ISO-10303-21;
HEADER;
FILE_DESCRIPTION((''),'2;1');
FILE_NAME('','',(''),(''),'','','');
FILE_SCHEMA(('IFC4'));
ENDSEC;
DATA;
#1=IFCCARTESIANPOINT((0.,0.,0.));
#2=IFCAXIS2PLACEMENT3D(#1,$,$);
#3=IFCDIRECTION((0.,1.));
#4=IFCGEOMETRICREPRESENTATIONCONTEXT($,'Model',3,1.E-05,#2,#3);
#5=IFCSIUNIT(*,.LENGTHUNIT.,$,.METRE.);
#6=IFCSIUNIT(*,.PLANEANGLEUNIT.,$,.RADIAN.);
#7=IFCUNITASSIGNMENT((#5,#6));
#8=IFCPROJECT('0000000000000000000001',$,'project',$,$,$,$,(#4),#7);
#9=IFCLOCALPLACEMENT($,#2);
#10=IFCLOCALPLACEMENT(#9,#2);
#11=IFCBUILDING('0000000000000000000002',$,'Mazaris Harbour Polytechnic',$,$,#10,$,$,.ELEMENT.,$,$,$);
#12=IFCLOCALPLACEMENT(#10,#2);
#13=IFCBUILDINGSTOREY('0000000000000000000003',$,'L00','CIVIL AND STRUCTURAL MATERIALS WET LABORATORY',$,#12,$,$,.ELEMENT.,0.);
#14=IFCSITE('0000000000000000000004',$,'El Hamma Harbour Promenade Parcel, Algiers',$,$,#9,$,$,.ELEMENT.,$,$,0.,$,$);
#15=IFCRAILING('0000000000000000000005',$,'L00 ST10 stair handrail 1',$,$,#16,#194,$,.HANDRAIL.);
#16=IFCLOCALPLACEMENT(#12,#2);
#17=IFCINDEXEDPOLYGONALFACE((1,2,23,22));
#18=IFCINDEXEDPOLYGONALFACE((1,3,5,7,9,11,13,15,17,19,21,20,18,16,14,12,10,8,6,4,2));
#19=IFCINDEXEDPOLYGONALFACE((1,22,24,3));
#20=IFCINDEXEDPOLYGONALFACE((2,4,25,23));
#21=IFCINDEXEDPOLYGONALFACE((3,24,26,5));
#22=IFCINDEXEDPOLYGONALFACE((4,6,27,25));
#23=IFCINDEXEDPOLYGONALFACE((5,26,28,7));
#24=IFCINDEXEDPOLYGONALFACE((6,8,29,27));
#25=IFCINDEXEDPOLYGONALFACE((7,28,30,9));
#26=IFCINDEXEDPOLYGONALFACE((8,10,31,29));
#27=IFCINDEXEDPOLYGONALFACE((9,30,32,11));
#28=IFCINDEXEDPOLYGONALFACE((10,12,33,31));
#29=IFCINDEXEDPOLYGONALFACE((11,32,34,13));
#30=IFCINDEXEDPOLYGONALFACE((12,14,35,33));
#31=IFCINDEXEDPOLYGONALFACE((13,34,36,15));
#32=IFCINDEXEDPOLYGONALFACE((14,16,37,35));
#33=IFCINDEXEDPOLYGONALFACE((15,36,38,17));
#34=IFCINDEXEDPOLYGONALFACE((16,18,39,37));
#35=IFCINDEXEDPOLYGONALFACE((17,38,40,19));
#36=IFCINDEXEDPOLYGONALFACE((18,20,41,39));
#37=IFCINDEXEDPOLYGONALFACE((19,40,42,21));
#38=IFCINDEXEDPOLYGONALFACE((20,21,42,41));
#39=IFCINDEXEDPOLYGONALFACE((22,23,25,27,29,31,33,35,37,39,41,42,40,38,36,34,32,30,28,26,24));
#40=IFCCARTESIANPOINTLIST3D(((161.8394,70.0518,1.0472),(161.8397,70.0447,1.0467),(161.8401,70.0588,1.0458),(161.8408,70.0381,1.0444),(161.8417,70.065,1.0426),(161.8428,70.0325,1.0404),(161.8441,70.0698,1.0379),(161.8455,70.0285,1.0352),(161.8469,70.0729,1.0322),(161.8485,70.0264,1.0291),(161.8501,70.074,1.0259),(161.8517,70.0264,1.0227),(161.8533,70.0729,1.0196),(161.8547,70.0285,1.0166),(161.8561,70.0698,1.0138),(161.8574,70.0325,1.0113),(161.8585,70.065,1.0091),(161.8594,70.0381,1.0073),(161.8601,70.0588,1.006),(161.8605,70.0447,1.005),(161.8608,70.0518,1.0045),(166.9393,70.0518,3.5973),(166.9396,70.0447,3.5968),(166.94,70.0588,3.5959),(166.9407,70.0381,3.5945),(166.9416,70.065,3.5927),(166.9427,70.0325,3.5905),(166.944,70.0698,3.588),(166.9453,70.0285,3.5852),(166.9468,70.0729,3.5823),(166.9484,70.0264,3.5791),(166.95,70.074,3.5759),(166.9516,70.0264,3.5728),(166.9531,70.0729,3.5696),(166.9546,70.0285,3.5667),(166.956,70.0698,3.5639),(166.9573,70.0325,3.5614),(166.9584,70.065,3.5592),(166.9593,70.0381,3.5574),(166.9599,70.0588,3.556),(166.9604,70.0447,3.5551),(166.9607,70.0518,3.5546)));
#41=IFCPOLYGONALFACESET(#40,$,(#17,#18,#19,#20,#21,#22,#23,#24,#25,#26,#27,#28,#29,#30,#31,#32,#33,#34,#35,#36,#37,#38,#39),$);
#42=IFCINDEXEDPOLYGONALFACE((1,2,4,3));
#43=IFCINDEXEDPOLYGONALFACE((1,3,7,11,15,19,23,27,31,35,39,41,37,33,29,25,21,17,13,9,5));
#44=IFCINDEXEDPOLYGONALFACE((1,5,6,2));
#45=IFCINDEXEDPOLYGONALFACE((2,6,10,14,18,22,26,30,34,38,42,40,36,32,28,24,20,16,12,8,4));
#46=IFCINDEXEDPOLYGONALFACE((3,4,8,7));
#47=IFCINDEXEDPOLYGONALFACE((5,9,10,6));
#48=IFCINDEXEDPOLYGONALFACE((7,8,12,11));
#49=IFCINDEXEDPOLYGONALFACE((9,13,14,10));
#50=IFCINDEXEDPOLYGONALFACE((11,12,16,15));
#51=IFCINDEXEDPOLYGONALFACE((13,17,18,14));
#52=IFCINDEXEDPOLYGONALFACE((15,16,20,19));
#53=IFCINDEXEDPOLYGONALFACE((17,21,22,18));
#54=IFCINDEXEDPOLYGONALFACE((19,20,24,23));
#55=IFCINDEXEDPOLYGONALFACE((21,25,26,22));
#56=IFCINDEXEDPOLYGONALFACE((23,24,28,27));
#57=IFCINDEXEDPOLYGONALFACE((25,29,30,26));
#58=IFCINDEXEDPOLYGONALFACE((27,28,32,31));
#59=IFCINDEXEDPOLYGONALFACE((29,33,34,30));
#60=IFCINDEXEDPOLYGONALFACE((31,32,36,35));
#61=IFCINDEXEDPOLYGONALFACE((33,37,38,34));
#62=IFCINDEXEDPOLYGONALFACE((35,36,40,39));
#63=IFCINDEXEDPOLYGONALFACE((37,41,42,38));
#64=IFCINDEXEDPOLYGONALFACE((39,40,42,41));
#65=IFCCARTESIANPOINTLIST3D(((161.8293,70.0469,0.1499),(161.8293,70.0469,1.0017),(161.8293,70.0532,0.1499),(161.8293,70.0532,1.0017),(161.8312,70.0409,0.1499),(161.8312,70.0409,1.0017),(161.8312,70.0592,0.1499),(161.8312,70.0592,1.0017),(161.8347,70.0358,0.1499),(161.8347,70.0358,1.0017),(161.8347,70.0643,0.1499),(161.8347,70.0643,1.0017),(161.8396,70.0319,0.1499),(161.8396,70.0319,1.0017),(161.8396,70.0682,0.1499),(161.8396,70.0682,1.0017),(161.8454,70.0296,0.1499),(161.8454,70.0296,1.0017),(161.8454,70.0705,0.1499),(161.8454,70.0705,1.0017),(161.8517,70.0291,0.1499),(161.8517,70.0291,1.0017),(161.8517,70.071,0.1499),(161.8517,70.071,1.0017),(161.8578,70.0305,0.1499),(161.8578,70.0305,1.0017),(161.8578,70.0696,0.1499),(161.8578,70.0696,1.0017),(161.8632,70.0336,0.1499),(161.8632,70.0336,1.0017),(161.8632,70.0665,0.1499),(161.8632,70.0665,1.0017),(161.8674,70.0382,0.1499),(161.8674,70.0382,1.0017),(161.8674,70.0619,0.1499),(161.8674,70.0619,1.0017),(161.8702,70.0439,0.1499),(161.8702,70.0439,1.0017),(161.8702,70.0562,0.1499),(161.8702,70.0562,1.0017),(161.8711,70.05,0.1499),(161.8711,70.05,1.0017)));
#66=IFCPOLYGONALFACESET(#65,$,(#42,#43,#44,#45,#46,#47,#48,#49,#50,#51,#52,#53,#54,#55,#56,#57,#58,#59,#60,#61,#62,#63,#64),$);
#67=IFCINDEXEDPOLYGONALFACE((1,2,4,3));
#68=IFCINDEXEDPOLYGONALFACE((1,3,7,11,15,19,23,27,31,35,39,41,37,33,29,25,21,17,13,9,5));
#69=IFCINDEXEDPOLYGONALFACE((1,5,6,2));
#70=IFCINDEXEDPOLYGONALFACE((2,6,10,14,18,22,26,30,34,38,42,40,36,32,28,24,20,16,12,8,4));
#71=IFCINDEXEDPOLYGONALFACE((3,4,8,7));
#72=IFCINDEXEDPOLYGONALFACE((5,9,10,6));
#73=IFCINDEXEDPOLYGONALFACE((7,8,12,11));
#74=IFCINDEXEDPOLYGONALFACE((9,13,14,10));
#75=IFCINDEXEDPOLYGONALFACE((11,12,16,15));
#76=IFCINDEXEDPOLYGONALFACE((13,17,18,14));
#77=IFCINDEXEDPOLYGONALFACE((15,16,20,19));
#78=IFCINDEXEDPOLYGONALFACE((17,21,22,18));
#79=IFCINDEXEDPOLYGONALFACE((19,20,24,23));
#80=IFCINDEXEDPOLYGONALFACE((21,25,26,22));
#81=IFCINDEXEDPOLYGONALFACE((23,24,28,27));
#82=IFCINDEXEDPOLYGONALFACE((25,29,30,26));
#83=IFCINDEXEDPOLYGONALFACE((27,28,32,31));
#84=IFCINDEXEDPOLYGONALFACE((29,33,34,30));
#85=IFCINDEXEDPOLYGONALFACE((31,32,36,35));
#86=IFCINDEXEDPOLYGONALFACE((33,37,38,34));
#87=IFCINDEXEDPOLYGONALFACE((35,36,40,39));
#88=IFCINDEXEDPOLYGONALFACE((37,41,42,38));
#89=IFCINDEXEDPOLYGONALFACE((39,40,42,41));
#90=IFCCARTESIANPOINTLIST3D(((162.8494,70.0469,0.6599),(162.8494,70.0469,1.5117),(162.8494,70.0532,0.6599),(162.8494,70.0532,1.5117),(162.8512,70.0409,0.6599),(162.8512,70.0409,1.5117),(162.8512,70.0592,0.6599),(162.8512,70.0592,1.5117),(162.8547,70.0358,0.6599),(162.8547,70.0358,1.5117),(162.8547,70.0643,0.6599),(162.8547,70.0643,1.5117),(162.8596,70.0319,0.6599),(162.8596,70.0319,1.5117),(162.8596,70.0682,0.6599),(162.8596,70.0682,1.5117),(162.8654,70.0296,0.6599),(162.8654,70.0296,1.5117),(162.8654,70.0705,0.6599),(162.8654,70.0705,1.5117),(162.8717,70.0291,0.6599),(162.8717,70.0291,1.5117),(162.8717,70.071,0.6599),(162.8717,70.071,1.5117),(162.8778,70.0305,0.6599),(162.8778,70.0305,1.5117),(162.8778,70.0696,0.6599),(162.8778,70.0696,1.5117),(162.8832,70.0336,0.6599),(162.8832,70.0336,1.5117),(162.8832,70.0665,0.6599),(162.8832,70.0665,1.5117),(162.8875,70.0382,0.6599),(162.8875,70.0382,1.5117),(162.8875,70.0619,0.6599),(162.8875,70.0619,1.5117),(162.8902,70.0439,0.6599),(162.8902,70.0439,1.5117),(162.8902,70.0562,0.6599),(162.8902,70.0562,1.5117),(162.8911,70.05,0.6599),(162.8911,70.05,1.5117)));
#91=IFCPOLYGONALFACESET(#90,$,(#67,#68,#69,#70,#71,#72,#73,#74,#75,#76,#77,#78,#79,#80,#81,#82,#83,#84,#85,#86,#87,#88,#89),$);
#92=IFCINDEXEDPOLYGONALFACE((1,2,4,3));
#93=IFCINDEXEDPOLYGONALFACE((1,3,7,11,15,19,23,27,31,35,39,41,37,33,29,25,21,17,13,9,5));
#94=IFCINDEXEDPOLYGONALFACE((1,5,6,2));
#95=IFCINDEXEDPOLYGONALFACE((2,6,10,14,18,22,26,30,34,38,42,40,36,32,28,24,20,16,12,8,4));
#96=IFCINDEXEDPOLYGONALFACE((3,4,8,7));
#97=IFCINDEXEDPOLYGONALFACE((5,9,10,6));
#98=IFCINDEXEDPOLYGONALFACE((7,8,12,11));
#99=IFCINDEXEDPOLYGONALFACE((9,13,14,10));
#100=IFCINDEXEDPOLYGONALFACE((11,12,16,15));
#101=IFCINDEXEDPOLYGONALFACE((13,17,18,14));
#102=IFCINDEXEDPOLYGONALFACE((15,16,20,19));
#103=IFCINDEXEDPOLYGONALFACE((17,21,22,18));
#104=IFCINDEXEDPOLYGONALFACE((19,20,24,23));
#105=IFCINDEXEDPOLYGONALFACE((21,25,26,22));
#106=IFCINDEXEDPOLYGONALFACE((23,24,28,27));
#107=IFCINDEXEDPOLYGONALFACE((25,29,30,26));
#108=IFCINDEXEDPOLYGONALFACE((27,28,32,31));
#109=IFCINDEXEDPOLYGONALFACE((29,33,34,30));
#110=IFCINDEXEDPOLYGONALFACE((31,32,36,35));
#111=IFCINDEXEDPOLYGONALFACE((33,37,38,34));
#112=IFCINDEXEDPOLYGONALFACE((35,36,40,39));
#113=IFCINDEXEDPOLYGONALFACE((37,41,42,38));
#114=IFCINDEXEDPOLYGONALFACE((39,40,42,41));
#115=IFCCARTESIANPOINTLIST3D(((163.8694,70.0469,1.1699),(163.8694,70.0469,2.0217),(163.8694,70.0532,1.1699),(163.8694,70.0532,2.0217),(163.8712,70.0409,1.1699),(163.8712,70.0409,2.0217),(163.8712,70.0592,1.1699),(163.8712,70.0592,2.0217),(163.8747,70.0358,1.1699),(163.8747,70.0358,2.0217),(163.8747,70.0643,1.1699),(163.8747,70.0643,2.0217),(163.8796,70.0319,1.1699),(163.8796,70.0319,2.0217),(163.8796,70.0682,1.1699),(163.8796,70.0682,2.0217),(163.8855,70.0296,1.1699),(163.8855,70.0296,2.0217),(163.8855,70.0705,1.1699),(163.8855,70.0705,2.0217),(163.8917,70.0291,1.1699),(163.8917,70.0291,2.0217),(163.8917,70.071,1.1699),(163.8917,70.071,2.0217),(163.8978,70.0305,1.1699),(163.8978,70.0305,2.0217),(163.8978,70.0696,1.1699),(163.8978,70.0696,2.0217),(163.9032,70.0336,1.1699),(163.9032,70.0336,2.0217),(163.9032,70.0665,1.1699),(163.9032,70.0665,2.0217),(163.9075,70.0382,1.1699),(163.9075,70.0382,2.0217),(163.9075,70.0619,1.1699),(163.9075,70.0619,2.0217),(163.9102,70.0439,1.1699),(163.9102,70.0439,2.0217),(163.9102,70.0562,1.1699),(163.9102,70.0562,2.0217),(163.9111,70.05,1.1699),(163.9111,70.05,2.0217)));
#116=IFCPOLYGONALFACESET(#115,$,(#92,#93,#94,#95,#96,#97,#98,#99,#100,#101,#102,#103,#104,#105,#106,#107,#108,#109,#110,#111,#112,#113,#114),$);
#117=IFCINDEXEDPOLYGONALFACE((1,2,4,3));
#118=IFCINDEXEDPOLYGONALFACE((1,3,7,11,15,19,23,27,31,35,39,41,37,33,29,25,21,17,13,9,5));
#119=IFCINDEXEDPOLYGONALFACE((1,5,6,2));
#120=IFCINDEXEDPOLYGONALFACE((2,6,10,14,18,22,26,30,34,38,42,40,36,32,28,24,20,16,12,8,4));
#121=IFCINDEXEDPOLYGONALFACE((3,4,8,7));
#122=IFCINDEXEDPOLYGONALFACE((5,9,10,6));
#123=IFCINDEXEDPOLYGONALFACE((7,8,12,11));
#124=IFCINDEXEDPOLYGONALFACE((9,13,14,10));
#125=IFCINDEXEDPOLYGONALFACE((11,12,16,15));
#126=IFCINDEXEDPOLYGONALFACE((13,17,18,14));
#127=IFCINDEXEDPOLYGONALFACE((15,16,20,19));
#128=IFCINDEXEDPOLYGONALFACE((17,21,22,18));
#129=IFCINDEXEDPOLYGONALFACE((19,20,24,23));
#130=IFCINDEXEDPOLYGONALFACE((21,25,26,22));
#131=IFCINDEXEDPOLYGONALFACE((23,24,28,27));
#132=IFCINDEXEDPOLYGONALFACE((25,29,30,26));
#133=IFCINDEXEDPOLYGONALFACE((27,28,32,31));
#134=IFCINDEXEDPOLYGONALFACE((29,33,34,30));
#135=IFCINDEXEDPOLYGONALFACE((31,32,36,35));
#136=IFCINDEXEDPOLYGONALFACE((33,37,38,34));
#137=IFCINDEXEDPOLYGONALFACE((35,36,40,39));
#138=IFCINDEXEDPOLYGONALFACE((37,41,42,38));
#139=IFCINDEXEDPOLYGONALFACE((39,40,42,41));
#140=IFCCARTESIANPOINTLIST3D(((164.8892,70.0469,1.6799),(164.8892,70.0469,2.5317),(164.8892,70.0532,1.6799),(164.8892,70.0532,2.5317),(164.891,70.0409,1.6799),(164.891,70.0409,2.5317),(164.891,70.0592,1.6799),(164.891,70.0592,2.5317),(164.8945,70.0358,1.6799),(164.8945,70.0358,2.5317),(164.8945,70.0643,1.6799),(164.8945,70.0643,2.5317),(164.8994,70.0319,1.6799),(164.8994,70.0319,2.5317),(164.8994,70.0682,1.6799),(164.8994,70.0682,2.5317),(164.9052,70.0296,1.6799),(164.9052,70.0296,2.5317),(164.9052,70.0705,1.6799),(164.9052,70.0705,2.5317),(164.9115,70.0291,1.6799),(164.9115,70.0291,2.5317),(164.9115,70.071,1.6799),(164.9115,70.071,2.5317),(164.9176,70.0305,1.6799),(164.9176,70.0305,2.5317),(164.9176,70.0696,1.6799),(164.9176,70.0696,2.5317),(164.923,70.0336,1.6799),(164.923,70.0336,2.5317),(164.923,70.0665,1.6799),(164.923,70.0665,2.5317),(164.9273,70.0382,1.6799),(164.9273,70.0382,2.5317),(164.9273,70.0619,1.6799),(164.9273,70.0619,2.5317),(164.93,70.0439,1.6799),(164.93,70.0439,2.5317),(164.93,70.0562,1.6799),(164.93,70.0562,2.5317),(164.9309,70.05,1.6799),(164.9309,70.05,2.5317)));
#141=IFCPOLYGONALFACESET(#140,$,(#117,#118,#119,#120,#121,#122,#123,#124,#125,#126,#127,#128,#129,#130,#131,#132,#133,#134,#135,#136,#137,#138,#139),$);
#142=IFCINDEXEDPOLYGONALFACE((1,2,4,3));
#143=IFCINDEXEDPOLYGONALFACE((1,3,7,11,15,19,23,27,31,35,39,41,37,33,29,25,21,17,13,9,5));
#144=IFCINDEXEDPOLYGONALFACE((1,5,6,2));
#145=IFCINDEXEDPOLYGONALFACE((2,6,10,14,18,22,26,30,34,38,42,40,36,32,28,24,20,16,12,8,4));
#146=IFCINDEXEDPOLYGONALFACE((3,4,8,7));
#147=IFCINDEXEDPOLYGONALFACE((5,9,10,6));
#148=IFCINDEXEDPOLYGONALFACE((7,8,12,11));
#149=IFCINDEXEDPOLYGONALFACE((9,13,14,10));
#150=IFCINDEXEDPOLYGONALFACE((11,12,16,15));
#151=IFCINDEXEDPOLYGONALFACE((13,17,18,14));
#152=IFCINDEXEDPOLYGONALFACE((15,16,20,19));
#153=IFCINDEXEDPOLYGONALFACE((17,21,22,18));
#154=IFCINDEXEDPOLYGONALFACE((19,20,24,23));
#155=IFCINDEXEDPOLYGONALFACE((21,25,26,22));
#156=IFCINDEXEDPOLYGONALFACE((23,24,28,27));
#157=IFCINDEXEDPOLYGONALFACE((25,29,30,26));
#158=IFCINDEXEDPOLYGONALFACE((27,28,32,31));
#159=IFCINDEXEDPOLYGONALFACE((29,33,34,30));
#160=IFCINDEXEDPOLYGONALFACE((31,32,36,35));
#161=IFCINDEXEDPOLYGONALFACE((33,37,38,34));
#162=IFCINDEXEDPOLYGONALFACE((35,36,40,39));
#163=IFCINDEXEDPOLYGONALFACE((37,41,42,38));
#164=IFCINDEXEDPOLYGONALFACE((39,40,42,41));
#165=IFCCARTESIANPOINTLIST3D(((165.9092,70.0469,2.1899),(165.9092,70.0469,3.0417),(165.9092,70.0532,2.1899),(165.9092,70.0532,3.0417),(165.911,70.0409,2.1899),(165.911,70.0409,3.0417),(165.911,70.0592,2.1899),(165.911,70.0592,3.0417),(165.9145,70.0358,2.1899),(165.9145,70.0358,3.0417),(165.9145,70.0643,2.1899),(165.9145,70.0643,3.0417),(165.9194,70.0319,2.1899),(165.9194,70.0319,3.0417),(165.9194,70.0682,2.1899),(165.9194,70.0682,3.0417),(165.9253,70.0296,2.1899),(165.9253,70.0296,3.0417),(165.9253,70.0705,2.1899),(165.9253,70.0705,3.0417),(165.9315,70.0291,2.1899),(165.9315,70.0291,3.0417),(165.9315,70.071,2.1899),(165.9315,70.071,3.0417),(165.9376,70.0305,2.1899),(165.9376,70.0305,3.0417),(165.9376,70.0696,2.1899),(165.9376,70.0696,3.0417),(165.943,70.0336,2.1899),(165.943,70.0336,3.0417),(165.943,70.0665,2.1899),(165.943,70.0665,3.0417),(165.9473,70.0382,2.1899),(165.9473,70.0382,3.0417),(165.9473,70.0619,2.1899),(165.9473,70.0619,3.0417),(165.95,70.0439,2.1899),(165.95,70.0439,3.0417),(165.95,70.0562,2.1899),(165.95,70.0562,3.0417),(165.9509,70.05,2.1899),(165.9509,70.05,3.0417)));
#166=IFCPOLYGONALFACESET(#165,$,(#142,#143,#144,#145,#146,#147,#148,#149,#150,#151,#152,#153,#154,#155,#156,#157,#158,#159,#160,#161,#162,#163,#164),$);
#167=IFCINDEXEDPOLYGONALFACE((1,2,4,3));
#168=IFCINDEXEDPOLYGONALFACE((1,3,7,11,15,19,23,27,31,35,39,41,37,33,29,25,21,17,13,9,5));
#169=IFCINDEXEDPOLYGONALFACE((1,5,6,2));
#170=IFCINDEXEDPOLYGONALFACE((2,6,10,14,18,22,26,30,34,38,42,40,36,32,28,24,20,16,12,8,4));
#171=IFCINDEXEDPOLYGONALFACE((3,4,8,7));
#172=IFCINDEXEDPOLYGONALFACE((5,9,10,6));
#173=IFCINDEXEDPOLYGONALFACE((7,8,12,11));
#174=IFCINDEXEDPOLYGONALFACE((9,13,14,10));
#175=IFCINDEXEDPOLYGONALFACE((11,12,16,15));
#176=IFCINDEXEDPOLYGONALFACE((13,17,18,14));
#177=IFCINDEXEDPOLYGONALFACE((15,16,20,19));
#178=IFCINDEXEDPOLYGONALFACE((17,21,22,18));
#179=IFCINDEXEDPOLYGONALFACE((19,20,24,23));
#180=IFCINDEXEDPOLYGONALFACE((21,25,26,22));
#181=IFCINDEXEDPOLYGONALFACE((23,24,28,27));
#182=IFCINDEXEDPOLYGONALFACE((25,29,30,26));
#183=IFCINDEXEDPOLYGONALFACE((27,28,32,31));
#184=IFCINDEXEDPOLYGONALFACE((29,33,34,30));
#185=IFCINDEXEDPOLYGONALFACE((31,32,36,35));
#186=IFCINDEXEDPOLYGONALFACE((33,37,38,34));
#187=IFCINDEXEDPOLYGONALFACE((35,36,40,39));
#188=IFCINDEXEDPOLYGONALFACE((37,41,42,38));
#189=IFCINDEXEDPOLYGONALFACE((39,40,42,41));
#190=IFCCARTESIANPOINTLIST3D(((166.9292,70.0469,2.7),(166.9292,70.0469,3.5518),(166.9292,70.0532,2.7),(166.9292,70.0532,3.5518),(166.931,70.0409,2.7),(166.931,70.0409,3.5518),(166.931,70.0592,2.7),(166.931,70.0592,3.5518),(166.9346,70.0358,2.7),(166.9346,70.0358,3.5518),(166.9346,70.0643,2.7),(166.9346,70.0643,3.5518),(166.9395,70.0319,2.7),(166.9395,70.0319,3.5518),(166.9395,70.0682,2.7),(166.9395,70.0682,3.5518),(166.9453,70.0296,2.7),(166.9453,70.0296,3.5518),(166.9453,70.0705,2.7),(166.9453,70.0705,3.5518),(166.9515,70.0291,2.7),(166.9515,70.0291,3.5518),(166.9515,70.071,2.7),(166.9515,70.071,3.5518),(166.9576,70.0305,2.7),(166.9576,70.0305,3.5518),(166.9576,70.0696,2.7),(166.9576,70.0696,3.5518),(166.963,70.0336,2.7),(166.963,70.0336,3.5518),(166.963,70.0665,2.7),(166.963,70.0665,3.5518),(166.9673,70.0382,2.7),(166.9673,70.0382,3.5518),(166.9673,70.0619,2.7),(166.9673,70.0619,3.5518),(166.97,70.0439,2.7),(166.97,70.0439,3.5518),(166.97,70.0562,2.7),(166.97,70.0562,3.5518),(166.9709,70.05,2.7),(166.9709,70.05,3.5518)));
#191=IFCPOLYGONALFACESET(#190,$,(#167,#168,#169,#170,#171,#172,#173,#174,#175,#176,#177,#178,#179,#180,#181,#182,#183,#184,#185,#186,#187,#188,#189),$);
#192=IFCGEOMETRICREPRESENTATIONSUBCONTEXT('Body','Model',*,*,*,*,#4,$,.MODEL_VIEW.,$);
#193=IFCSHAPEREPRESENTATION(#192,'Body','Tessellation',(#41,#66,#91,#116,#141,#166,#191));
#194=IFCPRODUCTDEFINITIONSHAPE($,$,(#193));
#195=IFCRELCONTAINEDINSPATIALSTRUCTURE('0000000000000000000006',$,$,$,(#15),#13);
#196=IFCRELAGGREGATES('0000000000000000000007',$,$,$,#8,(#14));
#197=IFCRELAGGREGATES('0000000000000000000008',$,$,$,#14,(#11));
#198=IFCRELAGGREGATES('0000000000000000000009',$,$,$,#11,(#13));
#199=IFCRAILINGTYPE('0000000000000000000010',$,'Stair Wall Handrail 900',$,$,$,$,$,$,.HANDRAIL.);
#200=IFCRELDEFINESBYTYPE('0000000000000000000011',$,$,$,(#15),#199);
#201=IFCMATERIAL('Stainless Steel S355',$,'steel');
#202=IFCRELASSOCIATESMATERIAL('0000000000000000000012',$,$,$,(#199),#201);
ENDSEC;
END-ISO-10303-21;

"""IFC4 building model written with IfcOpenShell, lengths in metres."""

from ifc_helpers import new_model, si_unit, direction, frame, origin, origin_2d, place, context, subcontext, project, spatial, circle, extrude, material, type_object, element, save


model = new_model("IFC4")

# Units and contexts
model_context = context("Model", 3, precision=1e-05, world=origin(), true_north=direction((0.0, 1.0)))
body_context = subcontext(model_context, "Body", "Model", "MODEL_VIEW")
ifc_project = project(units=[si_unit("LENGTHUNIT", "METRE"), si_unit("PLANEANGLEUNIT", "RADIAN")], contexts=[model_context])

# Site, building, storey
site_placement = place(None, origin())
site = spatial("IfcSite", under=ifc_project, at=site_placement, Name="El Hamma Harbour Promenade Parcel, Algiers", CompositionType="ELEMENT", RefElevation=0.0)
building_placement = place(site_placement, origin())
building = spatial("IfcBuilding", under=site, at=building_placement, Name="Mazaris Harbour Polytechnic", CompositionType="ELEMENT")
storey_placement = place(building_placement, origin())
storey = spatial("IfcBuildingStorey", under=building, at=storey_placement, Name="L00", Description="CIVIL AND STRUCTURAL MATERIALS WET LABORATORY", CompositionType="ELEMENT", Elevation=0.0)

# Railing
ifc_material_1 = material(Name="Stainless Steel S355", Category="steel")
railing_type_1 = type_object("IfcRailingType", Name="Stair Wall Handrail 900", PredefinedType="HANDRAIL", material=ifc_material_1)
railing_1_placement = place(storey_placement, frame((161.8501, 70.05, 0.1499)))
element("IfcRailing", 1, at=railing_1_placement, inside=storey, type_object=railing_type_1, Name="L00 ST10 stair handrail 1", PredefinedType="HANDRAIL", context=body_context, shape_type="SweptSolid", body=[
    extrude(circle(Radius=0.0239, at=origin_2d()), frame((0.0, 0.0, 0.876), z_axis=(0.894419, 0.0, 0.447231), x_axis=(0.0, 1.0, 0.0)), (0.0, 0.0, 1.0), 5.7019),
    extrude(circle(Radius=0.021, at=origin_2d()), origin(), (0.0, 0.0, 1.0), 0.8518),
    extrude(circle(Radius=0.021, at=origin_2d()), frame((1.02, 0.0, 0.51)), (0.0, 0.0, 1.0), 0.8518),
    extrude(circle(Radius=0.021, at=origin_2d()), frame((2.04, 0.0, 1.02)), (0.0, 0.0, 1.0), 0.8518),
    extrude(circle(Radius=0.021, at=origin_2d()), frame((3.0598, 0.0, 1.53)), (0.0, 0.0, 1.0), 0.8518),
    extrude(circle(Radius=0.021, at=origin_2d()), frame((4.0798, 0.0, 2.04)), (0.0, 0.0, 1.0), 0.8518),
    extrude(circle(Radius=0.021, at=origin_2d()), frame((5.0999, 0.0, 2.55)), (0.0, 0.0, 1.0), 0.8518),
])

save(model, "model.ifc")
